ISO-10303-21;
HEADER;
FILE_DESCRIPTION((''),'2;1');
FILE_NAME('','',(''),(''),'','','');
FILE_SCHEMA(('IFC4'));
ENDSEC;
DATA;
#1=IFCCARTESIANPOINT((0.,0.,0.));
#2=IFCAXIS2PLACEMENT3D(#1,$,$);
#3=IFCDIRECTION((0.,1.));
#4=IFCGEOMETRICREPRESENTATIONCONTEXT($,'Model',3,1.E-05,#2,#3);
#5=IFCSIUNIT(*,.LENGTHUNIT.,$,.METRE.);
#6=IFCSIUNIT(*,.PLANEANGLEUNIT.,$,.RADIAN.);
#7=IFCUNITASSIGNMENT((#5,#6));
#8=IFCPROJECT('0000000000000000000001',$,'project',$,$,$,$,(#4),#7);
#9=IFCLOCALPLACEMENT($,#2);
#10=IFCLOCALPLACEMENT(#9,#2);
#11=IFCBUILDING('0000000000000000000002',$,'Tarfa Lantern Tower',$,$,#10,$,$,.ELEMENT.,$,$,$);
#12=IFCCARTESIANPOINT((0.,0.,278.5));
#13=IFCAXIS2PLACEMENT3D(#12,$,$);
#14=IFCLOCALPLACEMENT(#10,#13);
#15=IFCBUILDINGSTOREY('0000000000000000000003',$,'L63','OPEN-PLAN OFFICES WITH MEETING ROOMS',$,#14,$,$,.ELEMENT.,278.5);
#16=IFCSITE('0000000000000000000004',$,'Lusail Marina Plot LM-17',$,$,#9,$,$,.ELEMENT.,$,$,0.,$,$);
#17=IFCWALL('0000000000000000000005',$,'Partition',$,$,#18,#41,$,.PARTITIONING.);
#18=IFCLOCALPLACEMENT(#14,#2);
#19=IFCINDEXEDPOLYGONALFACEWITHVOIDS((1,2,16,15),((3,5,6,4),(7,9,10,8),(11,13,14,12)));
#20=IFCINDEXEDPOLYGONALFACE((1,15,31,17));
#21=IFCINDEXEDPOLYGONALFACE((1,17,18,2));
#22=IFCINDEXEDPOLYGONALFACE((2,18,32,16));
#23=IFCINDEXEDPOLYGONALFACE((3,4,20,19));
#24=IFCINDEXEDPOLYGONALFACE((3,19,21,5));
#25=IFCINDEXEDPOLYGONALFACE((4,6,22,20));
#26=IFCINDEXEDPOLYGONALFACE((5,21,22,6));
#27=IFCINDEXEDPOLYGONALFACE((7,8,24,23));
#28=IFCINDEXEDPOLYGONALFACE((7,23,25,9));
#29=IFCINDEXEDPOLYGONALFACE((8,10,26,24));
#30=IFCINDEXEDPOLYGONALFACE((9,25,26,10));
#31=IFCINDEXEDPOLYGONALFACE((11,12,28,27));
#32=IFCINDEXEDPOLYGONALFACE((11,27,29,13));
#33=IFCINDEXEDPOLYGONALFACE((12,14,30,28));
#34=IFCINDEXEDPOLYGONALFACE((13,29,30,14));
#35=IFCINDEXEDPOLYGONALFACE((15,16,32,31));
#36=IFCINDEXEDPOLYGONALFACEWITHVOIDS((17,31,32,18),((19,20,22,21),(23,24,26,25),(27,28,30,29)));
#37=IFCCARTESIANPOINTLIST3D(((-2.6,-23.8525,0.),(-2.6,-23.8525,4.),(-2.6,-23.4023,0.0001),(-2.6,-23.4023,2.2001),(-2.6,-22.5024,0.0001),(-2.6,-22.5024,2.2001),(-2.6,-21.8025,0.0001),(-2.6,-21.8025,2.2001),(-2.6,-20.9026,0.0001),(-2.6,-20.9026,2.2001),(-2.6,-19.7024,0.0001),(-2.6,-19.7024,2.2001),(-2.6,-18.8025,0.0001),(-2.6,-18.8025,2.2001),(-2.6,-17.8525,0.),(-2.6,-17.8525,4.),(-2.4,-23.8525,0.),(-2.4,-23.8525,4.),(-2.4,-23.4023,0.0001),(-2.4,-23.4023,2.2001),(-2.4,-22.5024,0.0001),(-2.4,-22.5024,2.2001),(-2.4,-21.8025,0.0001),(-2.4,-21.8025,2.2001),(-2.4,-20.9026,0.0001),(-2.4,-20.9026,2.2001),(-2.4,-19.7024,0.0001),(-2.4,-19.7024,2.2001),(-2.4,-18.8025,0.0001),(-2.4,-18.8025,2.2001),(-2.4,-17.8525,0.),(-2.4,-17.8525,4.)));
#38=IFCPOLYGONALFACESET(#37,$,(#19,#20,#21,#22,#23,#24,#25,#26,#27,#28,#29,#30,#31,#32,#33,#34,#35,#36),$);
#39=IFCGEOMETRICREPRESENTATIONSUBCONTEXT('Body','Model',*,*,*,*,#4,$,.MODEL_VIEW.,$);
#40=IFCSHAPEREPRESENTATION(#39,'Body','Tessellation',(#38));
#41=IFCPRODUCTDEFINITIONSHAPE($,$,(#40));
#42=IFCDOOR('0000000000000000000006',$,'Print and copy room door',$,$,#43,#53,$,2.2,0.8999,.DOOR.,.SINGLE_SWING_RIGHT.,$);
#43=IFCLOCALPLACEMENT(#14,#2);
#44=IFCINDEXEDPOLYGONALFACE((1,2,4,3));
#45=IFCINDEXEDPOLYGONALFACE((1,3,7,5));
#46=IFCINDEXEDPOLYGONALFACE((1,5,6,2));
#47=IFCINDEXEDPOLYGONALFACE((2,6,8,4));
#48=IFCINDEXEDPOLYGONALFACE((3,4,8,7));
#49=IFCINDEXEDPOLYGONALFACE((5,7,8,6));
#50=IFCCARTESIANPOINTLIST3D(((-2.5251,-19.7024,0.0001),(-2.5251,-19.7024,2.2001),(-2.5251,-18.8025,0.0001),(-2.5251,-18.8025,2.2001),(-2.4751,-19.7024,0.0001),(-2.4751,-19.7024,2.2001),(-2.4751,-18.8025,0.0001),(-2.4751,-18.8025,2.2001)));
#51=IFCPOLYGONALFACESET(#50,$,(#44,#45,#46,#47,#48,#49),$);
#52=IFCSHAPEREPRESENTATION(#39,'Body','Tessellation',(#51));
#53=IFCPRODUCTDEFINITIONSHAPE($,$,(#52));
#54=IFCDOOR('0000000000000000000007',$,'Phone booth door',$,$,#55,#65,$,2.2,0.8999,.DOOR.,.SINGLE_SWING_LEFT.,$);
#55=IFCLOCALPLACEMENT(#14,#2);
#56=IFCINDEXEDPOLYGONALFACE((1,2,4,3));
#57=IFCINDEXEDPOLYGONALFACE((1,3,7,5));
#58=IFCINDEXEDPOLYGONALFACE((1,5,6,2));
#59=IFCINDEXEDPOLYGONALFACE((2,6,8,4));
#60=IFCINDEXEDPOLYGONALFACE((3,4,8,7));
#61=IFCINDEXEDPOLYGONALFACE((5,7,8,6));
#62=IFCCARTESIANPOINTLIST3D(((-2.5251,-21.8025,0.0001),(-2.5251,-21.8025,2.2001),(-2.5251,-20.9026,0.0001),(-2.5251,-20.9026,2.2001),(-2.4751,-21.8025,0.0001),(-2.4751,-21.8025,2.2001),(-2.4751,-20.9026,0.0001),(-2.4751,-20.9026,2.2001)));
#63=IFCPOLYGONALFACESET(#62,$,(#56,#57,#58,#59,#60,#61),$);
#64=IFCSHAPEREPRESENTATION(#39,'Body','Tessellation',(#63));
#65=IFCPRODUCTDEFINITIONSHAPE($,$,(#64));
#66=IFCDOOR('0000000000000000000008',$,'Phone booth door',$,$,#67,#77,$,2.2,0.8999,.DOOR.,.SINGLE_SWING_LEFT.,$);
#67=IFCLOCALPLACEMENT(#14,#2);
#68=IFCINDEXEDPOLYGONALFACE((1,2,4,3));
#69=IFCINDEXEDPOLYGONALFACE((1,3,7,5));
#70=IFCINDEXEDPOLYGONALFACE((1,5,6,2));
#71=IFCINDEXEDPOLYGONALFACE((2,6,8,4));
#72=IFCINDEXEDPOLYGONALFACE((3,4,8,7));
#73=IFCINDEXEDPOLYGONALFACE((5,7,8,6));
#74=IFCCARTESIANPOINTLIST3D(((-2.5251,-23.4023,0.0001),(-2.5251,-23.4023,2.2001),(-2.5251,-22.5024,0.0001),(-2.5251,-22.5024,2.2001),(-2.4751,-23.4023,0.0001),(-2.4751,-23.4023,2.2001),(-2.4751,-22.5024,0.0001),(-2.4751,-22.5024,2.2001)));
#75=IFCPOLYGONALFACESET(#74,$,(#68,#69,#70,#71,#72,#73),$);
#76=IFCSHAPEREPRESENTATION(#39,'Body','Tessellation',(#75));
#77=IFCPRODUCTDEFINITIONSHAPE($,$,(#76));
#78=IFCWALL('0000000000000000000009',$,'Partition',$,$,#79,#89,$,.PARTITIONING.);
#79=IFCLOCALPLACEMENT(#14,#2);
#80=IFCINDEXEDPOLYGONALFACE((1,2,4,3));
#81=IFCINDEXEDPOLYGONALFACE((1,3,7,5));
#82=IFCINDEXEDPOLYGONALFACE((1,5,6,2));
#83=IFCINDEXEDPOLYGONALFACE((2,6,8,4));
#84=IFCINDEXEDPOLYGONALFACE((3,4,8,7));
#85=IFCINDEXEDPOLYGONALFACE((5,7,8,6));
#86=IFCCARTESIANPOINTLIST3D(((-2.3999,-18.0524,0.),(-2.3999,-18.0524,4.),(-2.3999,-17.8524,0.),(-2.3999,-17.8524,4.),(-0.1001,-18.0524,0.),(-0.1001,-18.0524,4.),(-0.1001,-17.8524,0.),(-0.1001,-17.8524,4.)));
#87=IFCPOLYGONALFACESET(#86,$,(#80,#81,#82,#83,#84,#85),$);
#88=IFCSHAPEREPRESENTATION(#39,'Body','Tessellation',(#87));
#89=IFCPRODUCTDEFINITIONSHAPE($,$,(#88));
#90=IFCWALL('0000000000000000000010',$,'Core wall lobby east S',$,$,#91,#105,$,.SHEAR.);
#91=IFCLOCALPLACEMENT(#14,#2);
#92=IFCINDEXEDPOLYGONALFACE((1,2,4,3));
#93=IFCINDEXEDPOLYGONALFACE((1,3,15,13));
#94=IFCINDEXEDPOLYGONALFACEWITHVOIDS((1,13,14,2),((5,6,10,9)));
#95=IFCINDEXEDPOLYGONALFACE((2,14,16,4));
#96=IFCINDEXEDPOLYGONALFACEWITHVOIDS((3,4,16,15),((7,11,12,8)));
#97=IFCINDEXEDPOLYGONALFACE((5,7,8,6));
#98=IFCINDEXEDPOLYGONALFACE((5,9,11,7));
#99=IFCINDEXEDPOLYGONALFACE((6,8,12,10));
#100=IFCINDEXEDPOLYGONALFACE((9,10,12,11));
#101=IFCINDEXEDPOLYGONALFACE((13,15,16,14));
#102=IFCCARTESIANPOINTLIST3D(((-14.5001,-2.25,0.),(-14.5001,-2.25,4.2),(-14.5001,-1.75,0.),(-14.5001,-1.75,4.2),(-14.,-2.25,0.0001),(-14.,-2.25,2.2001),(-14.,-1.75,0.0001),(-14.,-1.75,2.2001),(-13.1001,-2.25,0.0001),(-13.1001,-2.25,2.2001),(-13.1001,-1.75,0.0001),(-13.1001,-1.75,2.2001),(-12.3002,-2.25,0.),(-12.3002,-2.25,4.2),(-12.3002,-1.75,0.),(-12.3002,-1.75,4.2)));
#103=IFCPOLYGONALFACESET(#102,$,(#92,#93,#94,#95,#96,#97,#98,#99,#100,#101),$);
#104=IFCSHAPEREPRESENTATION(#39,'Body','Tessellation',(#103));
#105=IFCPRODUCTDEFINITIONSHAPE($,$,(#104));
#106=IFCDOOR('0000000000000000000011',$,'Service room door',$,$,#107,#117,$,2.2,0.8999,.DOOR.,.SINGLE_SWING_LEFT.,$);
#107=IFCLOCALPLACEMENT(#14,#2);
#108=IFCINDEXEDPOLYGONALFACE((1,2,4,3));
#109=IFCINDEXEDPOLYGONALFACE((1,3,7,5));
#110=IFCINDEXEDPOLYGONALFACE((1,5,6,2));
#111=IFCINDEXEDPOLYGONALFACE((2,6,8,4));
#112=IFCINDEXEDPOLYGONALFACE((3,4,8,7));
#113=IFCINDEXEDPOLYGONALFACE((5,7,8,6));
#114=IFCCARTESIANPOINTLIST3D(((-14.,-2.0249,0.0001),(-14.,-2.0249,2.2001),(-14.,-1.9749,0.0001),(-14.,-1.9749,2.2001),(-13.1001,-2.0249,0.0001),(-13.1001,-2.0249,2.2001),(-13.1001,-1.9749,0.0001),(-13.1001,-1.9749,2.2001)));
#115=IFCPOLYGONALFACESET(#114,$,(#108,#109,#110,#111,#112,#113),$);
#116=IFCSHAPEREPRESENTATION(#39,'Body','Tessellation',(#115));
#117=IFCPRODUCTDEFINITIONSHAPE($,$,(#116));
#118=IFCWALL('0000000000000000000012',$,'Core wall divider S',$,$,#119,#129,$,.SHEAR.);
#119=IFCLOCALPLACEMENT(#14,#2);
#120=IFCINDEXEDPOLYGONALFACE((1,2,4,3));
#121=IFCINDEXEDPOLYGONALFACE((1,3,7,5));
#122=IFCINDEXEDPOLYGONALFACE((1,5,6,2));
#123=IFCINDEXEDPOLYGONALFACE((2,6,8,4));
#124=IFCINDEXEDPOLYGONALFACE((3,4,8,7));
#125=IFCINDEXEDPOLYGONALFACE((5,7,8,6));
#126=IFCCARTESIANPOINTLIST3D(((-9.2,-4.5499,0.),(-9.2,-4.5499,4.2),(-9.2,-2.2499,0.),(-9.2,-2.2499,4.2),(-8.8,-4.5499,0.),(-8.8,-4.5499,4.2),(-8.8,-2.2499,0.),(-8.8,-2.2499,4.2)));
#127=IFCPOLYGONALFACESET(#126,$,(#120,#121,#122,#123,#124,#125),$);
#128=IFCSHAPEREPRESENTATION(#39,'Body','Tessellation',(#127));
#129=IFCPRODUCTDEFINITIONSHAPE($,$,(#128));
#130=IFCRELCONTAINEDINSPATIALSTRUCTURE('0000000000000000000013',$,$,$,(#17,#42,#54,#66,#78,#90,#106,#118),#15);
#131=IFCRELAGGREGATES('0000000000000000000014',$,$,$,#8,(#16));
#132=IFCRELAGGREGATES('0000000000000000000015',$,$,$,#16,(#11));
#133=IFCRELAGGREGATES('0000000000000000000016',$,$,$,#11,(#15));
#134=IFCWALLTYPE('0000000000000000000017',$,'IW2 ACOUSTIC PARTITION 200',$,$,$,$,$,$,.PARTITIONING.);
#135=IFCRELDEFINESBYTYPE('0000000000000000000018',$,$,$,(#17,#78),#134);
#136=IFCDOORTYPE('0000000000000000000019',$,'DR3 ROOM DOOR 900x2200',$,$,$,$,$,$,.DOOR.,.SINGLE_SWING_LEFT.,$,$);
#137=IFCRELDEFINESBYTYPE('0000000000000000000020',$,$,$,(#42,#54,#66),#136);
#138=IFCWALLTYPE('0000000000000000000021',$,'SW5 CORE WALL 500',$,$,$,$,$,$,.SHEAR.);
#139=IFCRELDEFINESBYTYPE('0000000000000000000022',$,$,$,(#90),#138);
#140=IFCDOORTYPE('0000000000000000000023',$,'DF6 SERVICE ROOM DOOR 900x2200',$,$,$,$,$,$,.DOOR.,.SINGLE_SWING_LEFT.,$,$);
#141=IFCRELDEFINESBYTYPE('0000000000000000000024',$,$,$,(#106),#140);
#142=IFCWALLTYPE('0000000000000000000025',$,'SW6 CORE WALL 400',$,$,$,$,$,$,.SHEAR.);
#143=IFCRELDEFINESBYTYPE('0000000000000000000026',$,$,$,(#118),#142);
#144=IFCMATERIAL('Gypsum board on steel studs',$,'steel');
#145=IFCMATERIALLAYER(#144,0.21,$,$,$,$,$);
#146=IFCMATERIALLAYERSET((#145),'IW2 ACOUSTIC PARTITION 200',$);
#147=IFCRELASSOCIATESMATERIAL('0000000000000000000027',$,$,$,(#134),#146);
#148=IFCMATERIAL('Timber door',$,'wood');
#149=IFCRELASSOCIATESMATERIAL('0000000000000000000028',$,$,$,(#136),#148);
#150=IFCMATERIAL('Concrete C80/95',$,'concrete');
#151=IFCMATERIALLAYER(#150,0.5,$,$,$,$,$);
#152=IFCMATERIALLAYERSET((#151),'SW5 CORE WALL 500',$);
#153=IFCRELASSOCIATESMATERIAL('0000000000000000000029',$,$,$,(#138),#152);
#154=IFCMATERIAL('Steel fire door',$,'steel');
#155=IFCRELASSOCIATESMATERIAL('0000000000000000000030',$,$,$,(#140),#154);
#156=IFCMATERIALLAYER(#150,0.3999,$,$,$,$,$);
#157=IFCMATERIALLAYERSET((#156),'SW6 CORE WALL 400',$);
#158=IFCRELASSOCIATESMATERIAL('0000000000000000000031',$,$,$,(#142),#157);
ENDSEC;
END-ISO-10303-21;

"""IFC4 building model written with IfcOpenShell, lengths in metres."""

from ifc_helpers import new_model, si_unit, direction, frame, frame_2d, origin, place, context, subcontext, project, spatial, rectangle, extrude, material, layer, layer_set, type_object, element, fill, save


model = new_model("IFC4")

# Units and contexts
model_context = context("Model", 3, precision=1e-05, world=origin(), true_north=direction((0.0, 1.0)))
body_context = subcontext(model_context, "Body", "Model", "MODEL_VIEW")
ifc_project = project(units=[si_unit("LENGTHUNIT", "METRE"), si_unit("PLANEANGLEUNIT", "RADIAN")], contexts=[model_context])

# Site, building, storey
site_placement = place(None, origin())
site = spatial("IfcSite", under=ifc_project, at=site_placement, Name="Lusail Marina Plot LM-17", CompositionType="ELEMENT", RefElevation=0.0)
building_placement = place(site_placement, origin())
building = spatial("IfcBuilding", under=site, at=building_placement, Name="Tarfa Lantern Tower", CompositionType="ELEMENT")
storey_placement = place(building_placement, frame((0.0, 0.0, 278.5)))
storey = spatial("IfcBuildingStorey", under=building, at=storey_placement, Name="L63", Description="OPEN-PLAN OFFICES WITH MEETING ROOMS", CompositionType="ELEMENT", Elevation=278.5)

# Wall, openings, doors
ifc_material_1 = material(Name="Gypsum board on steel studs", Category="steel")
ifc_layer_1 = layer(ifc_material_1, 0.21)
ifc_layer_set_1 = layer_set([ifc_layer_1], Name="IW2 ACOUSTIC PARTITION 200")
wall_type_1 = type_object("IfcWallType", Name="IW2 ACOUSTIC PARTITION 200", PredefinedType="PARTITIONING", material=ifc_layer_set_1)
wall_1_placement = place(storey_placement, frame((-2.5, -17.8525, 0.0), z_axis=(0.0, 0.0, 1.0), x_axis=(0.0, -1.0, 0.0)))
wall_1 = element("IfcWall", 1, at=wall_1_placement, inside=storey, type_object=wall_type_1, Name="Partition", PredefinedType="PARTITIONING", context=body_context, shape_type="SweptSolid", body=[
    extrude(rectangle(XDim=6.0, YDim=0.2, at=frame_2d((3.0, 0.0))), origin(), (0.0, 0.0, 1.0), 4.0),
])
opening_1_placement = place(wall_1_placement, frame((0.95, 0.0, 0.0)))
opening_1 = element("IfcOpeningElement", 2, at=opening_1_placement, cuts=wall_1, PredefinedType="OPENING", context=body_context, shape_type="SweptSolid", body=[
    extrude(rectangle(XDim=0.8999, YDim=2.2, at=frame_2d((0.45, 1.1001))), frame((0.0, 0.1099, 0.0), z_axis=(0.0, -1.0, 0.0), x_axis=(1.0, 0.0, 0.0)), (0.0, 0.0, 1.0), 0.22),
])
opening_2_placement = place(wall_1_placement, frame((3.05, 0.0, 0.0)))
opening_2 = element("IfcOpeningElement", 3, at=opening_2_placement, cuts=wall_1, PredefinedType="OPENING", context=body_context, shape_type="SweptSolid", body=[
    extrude(rectangle(XDim=0.8999, YDim=2.2, at=frame_2d((0.45, 1.1001))), frame((0.0, 0.1099, 0.0), z_axis=(0.0, -1.0, 0.0), x_axis=(1.0, 0.0, 0.0)), (0.0, 0.0, 1.0), 0.22),
])
opening_3_placement = place(wall_1_placement, frame((4.6499, 0.0, 0.0)))
opening_3 = element("IfcOpeningElement", 4, at=opening_3_placement, cuts=wall_1, PredefinedType="OPENING", context=body_context, shape_type="SweptSolid", body=[
    extrude(rectangle(XDim=0.8999, YDim=2.2, at=frame_2d((0.45, 1.1001))), frame((0.0, 0.1099, 0.0), z_axis=(0.0, -1.0, 0.0), x_axis=(1.0, 0.0, 0.0)), (0.0, 0.0, 1.0), 0.22),
])
ifc_material_2 = material(Name="Timber door", Category="wood")
door_type_1 = type_object("IfcDoorType", Name="DR3 ROOM DOOR 900x2200", OperationType="SINGLE_SWING_LEFT", PredefinedType="DOOR", material=ifc_material_2)
door_1_placement = place(opening_1_placement, origin())
door_1 = element("IfcDoor", 5, at=door_1_placement, inside=storey, type_object=door_type_1, Name="Print and copy room door", OperationType="SINGLE_SWING_RIGHT", OverallHeight=2.2, OverallWidth=0.8999, PredefinedType="DOOR", context=body_context, shape_type="SweptSolid", body=[
    extrude(rectangle(XDim=0.8999, YDim=2.2, at=frame_2d((0.45, 1.1001))), frame((0.0, 0.0249, 0.0), z_axis=(0.0, -1.0, 0.0), x_axis=(1.0, 0.0, 0.0)), (0.0, 0.0, 1.0), 0.05),
])
fill(opening_1, door_1)
door_2_placement = place(opening_2_placement, origin())
door_2 = element("IfcDoor", 6, at=door_2_placement, inside=storey, type_object=door_type_1, Name="Phone booth door", OperationType="SINGLE_SWING_LEFT", OverallHeight=2.2, OverallWidth=0.8999, PredefinedType="DOOR", context=body_context, shape_type="SweptSolid", body=[
    extrude(rectangle(XDim=0.8999, YDim=2.2, at=frame_2d((0.45, 1.1001))), frame((0.0, 0.0249, 0.0), z_axis=(0.0, -1.0, 0.0), x_axis=(1.0, 0.0, 0.0)), (0.0, 0.0, 1.0), 0.05),
])
fill(opening_2, door_2)
door_3_placement = place(opening_3_placement, origin())
door_3 = element("IfcDoor", 7, at=door_3_placement, inside=storey, type_object=door_type_1, Name="Phone booth door", OperationType="SINGLE_SWING_LEFT", OverallHeight=2.2, OverallWidth=0.8999, PredefinedType="DOOR", context=body_context, shape_type="SweptSolid", body=[
    extrude(rectangle(XDim=0.8999, YDim=2.2, at=frame_2d((0.45, 1.1001))), frame((0.0, 0.0249, 0.0), z_axis=(0.0, -1.0, 0.0), x_axis=(1.0, 0.0, 0.0)), (0.0, 0.0, 1.0), 0.05),
])
fill(opening_3, door_3)

# Wall
wall_2_placement = place(storey_placement, frame((-0.1001, -17.9524, 0.0), z_axis=(0.0, 0.0, 1.0), x_axis=(-1.0, 0.0, 0.0)))
element("IfcWall", 8, at=wall_2_placement, inside=storey, type_object=wall_type_1, Name="Partition", PredefinedType="PARTITIONING", context=body_context, shape_type="SweptSolid", body=[
    extrude(rectangle(XDim=2.2998, YDim=0.2, at=frame_2d((1.1499, 0.0))), origin(), (0.0, 0.0, 1.0), 4.0),
])

# Wall, opening, door
ifc_material_3 = material(Name="Concrete C80/95", Category="concrete")
ifc_layer_2 = layer(ifc_material_3, 0.5)
ifc_layer_set_2 = layer_set([ifc_layer_2], Name="SW5 CORE WALL 500")
wall_type_2 = type_object("IfcWallType", Name="SW5 CORE WALL 500", PredefinedType="SHEAR", material=ifc_layer_set_2)
wall_3_placement = place(storey_placement, frame((-12.3, -2.0, 0.0), z_axis=(0.0, 0.0, 1.0), x_axis=(-1.0, 0.0, 0.0)))
wall_3 = element("IfcWall", 9, at=wall_3_placement, inside=storey, type_object=wall_type_2, Name="Core wall lobby east S", PredefinedType="SHEAR", context=body_context, shape_type="SweptSolid", body=[
    extrude(rectangle(XDim=2.2, YDim=0.5, at=frame_2d((1.1001, 0.0))), origin(), (0.0, 0.0, 1.0), 4.2),
])
opening_4_placement = place(wall_3_placement, frame((0.8, 0.0, 0.0)))
opening_4 = element("IfcOpeningElement", 10, at=opening_4_placement, cuts=wall_3, PredefinedType="OPENING", context=body_context, shape_type="SweptSolid", body=[
    extrude(rectangle(XDim=0.8999, YDim=2.2, at=frame_2d((0.45, 1.1001))), frame((0.0, 0.26, 0.0), z_axis=(0.0, -1.0, 0.0), x_axis=(1.0, 0.0, 0.0)), (0.0, 0.0, 1.0), 0.52),
])
ifc_material_4 = material(Name="Steel fire door", Category="steel")
door_type_2 = type_object("IfcDoorType", Name="DF6 SERVICE ROOM DOOR 900x2200", OperationType="SINGLE_SWING_LEFT", PredefinedType="DOOR", material=ifc_material_4)
door_4_placement = place(opening_4_placement, origin())
door_4 = element("IfcDoor", 11, at=door_4_placement, inside=storey, type_object=door_type_2, Name="Service room door", OperationType="SINGLE_SWING_LEFT", OverallHeight=2.2, OverallWidth=0.8999, PredefinedType="DOOR", context=body_context, shape_type="SweptSolid", body=[
    extrude(rectangle(XDim=0.8999, YDim=2.2, at=frame_2d((0.45, 1.1001))), frame((0.0, 0.0249, 0.0), z_axis=(0.0, -1.0, 0.0), x_axis=(1.0, 0.0, 0.0)), (0.0, 0.0, 1.0), 0.05),
])
fill(opening_4, door_4)

# Wall
ifc_layer_3 = layer(ifc_material_3, 0.3999)
ifc_layer_set_3 = layer_set([ifc_layer_3], Name="SW6 CORE WALL 400")
wall_type_3 = type_object("IfcWallType", Name="SW6 CORE WALL 400", PredefinedType="SHEAR", material=ifc_layer_set_3)
wall_4_placement = place(storey_placement, frame((-9.0, -2.25, 0.0), z_axis=(0.0, 0.0, 1.0), x_axis=(0.0, -1.0, 0.0)))
element("IfcWall", 12, at=wall_4_placement, inside=storey, type_object=wall_type_3, Name="Core wall divider S", PredefinedType="SHEAR", context=body_context, shape_type="SweptSolid", body=[
    extrude(rectangle(XDim=2.3, YDim=0.3999, at=frame_2d((1.1499, 0.0))), origin(), (0.0, 0.0, 1.0), 4.2),
])

save(model, "model.ifc")
